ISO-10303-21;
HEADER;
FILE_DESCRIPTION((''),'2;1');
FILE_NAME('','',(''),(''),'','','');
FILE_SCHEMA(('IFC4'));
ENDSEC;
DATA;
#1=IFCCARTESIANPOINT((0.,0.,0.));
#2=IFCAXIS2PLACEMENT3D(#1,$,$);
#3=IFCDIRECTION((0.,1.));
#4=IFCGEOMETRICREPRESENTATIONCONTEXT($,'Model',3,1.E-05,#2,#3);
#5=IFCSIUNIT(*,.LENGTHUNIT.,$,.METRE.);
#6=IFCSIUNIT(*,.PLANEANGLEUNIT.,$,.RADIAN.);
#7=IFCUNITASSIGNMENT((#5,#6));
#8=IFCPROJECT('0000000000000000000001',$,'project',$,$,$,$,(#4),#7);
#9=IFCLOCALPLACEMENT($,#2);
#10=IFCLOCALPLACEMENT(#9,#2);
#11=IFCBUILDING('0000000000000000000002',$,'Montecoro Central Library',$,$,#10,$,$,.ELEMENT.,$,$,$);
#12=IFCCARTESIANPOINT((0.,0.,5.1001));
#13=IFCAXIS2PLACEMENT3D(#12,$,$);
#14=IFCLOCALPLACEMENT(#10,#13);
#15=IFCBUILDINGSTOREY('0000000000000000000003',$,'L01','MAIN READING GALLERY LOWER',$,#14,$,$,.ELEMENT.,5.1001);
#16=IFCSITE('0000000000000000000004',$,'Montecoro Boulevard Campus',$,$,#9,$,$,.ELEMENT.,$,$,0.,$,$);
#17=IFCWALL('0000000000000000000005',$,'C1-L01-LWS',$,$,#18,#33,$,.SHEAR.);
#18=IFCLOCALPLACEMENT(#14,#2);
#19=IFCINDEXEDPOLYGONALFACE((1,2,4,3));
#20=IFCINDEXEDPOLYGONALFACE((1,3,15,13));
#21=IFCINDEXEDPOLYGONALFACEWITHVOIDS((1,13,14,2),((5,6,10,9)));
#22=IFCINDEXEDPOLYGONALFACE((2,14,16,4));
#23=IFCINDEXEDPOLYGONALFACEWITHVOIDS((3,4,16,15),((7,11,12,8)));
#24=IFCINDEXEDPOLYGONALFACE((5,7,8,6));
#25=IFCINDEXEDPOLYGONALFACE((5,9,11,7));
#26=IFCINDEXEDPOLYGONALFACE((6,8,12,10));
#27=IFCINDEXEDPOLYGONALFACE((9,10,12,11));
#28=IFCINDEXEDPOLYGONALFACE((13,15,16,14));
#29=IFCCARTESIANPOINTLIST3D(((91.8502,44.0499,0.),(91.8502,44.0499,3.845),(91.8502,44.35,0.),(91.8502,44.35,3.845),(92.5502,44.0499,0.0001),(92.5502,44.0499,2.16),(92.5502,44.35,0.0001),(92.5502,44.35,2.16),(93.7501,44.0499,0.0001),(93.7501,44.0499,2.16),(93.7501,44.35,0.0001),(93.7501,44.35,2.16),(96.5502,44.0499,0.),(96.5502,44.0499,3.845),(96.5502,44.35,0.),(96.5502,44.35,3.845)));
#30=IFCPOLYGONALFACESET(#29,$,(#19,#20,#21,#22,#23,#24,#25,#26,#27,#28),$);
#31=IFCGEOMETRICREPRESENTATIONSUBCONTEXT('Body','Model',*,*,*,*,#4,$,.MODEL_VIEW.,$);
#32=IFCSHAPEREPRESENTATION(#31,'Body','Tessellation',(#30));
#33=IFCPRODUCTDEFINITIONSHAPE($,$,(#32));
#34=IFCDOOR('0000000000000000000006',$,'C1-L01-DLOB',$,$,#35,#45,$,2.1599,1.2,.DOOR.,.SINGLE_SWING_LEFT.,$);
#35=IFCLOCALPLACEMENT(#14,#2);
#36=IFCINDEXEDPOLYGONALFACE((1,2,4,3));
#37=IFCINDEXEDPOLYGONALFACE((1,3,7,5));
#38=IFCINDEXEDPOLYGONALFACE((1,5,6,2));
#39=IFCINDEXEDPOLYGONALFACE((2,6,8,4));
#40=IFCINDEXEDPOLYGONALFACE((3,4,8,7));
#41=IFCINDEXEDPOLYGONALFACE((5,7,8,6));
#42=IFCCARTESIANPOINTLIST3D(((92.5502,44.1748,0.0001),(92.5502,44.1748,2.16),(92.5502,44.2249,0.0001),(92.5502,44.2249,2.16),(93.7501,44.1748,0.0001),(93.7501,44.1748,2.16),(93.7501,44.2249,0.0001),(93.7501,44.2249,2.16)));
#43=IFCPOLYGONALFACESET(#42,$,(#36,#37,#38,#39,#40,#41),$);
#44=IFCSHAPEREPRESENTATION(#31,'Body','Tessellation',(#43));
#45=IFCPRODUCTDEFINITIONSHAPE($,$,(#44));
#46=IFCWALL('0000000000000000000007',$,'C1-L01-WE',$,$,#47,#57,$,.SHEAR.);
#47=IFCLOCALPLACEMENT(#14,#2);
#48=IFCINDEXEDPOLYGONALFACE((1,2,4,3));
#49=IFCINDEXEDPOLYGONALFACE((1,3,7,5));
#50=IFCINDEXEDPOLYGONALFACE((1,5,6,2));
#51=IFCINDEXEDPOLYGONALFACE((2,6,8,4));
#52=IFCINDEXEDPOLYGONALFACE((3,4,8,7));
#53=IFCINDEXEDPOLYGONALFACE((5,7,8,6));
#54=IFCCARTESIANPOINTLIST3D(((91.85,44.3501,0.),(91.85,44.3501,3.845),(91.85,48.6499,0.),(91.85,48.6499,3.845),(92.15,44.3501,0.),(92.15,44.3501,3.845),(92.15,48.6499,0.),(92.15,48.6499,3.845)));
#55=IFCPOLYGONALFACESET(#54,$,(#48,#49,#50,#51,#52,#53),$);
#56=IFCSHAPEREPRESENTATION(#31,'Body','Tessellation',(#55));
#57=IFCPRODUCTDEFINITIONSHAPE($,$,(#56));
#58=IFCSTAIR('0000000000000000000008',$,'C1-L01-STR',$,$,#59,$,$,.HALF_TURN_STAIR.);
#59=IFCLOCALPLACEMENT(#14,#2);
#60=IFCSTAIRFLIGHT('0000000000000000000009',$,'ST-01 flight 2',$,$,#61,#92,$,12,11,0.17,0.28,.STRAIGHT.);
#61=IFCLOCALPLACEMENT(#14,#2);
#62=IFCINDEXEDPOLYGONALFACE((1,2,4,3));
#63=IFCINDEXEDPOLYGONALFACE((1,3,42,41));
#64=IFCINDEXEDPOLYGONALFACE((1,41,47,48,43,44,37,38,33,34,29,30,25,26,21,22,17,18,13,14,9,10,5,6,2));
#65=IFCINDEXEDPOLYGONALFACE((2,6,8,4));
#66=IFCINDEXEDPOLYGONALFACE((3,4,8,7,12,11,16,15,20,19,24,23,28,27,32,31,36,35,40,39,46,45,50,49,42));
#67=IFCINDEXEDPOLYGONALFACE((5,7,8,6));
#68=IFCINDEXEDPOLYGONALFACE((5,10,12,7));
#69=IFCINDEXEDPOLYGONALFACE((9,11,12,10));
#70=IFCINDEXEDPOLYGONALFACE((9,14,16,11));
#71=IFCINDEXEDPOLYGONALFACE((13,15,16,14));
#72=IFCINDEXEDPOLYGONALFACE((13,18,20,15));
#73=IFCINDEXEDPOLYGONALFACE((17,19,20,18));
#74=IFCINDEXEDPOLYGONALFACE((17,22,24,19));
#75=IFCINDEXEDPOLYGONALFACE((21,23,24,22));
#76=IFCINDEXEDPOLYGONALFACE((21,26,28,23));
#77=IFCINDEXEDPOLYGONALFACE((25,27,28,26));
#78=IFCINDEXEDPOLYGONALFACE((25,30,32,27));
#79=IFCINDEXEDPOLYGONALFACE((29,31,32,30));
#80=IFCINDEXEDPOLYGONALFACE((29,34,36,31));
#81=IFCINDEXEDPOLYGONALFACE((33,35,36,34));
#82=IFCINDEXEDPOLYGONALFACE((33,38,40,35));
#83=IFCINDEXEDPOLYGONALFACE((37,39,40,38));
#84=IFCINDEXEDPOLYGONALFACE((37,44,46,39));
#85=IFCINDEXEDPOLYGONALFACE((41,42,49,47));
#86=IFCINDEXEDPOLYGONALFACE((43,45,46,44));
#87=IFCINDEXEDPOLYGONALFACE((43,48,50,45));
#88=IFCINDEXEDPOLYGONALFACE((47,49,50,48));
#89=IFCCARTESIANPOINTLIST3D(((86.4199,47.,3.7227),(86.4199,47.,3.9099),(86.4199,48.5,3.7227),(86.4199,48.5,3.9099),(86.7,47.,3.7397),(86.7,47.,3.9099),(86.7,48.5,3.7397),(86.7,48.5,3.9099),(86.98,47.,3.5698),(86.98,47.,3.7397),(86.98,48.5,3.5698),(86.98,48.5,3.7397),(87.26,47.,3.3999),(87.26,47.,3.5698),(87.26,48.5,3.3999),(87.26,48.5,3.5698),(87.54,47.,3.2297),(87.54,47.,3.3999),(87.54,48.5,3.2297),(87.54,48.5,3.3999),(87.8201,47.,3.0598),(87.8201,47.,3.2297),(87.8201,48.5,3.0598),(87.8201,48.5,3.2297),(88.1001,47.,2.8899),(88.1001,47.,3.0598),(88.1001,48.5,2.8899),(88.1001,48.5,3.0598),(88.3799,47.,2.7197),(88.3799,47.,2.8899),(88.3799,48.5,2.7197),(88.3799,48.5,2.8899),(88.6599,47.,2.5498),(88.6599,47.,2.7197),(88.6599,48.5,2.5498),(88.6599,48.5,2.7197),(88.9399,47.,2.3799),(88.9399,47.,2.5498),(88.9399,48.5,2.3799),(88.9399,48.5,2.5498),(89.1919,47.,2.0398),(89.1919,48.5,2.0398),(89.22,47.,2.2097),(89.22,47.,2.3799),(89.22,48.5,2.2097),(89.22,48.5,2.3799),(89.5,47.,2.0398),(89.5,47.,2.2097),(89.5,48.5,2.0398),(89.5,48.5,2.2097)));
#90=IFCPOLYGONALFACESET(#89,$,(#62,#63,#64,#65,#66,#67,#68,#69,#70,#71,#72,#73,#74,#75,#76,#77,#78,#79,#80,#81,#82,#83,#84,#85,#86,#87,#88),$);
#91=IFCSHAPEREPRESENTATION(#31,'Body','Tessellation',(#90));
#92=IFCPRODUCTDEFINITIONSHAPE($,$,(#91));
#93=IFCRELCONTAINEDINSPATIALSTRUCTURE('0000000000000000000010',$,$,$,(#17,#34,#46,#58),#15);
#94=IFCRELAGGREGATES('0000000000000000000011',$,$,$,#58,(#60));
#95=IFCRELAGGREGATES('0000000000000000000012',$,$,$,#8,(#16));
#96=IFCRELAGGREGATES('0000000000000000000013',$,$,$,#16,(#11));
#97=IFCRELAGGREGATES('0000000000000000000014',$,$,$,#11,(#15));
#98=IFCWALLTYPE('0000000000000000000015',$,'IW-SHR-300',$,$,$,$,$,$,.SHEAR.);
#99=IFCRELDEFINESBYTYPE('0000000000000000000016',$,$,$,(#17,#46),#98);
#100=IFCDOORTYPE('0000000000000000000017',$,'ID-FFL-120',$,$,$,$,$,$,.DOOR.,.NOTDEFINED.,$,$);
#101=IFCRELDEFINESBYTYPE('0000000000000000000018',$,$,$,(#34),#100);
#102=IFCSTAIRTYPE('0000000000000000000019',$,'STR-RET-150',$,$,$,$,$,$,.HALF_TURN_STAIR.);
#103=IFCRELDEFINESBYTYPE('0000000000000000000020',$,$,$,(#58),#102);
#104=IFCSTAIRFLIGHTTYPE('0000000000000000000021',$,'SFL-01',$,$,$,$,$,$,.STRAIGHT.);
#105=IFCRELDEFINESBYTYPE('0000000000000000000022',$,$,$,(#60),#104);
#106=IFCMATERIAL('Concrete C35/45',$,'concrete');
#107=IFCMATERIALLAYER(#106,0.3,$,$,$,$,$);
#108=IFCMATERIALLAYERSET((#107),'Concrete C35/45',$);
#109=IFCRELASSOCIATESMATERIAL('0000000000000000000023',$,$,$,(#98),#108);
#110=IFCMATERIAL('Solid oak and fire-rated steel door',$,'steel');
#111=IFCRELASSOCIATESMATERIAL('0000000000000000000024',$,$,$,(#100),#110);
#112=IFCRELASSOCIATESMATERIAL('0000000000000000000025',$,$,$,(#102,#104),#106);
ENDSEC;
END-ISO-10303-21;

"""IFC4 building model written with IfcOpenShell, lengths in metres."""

from ifc_helpers import new_model, si_unit, direction, frame, frame_2d, origin, place, context, subcontext, project, spatial, polyline, rectangle, outline, extrude, material, layer, layer_set, type_object, element, fill, aggregate, save


model = new_model("IFC4")

# Units and contexts
model_context = context("Model", 3, precision=1e-05, world=origin(), true_north=direction((0.0, 1.0)))
body_context = subcontext(model_context, "Body", "Model", "MODEL_VIEW")
ifc_project = project(units=[si_unit("LENGTHUNIT", "METRE"), si_unit("PLANEANGLEUNIT", "RADIAN")], contexts=[model_context])

# Site, building, storey
site_placement = place(None, origin())
site = spatial("IfcSite", under=ifc_project, at=site_placement, Name="Montecoro Boulevard Campus", CompositionType="ELEMENT", RefElevation=0.0)
building_placement = place(site_placement, origin())
building = spatial("IfcBuilding", under=site, at=building_placement, Name="Montecoro Central Library", CompositionType="ELEMENT")
storey_placement = place(building_placement, frame((0.0, 0.0, 5.1001)))
storey = spatial("IfcBuildingStorey", under=building, at=storey_placement, Name="L01", Description="MAIN READING GALLERY LOWER", CompositionType="ELEMENT", Elevation=5.1001)

# Wall, opening, door
ifc_material_1 = material(Name="Solid oak and fire-rated steel door", Category="steel")
ifc_material_2 = material(Name="Concrete C35/45", Category="concrete")
ifc_layer_1 = layer(ifc_material_2, 0.3)
ifc_layer_set_1 = layer_set([ifc_layer_1], Name="Concrete C35/45")
wall_type_1 = type_object("IfcWallType", Name="IW-SHR-300", PredefinedType="SHEAR", material=ifc_layer_set_1)
wall_1_placement = place(storey_placement, frame((91.8501, 44.2, 0.0), z_axis=(0.0, 0.0, 1.0), x_axis=(1.0, 0.0, 0.0)))
wall_1 = element("IfcWall", 1, at=wall_1_placement, inside=storey, type_object=wall_type_1, Name="C1-L01-LWS", PredefinedType="SHEAR", context=body_context, shape_type="SweptSolid", body=[
    extrude(rectangle(XDim=4.7, YDim=0.3, at=frame_2d((2.3501, 0.0))), origin(), (0.0, 0.0, 1.0), 3.845),
])
opening_1_placement = place(wall_1_placement, frame((0.7, 0.0, 0.0)))
opening_1 = element("IfcOpeningElement", 2, at=opening_1_placement, cuts=wall_1, PredefinedType="OPENING", context=body_context, shape_type="SweptSolid", body=[
    extrude(rectangle(XDim=1.2, YDim=2.1599, at=frame_2d((0.6001, 1.0801))), frame((0.0, 0.1599, 0.0), z_axis=(0.0, -1.0, 0.0), x_axis=(1.0, 0.0, 0.0)), (0.0, 0.0, 1.0), 0.3201),
])
door_type_1 = type_object("IfcDoorType", Name="ID-FFL-120", OperationType="NOTDEFINED", PredefinedType="DOOR", material=ifc_material_1)
door_1_placement = place(opening_1_placement, origin())
door_1 = element("IfcDoor", 3, at=door_1_placement, inside=storey, type_object=door_type_1, Name="C1-L01-DLOB", OperationType="SINGLE_SWING_LEFT", OverallHeight=2.1599, OverallWidth=1.2, PredefinedType="DOOR", context=body_context, shape_type="SweptSolid", body=[
    extrude(rectangle(XDim=1.2, YDim=2.1599, at=frame_2d((0.6001, 1.0801))), frame((0.0, 0.0249, 0.0), z_axis=(0.0, -1.0, 0.0), x_axis=(1.0, 0.0, 0.0)), (0.0, 0.0, 1.0), 0.05),
])
fill(opening_1, door_1)

# Wall
wall_2_placement = place(storey_placement, frame((92.0, 44.3501, 0.0), z_axis=(0.0, 0.0, 1.0), x_axis=(0.0, 1.0, 0.0)))
element("IfcWall", 4, at=wall_2_placement, inside=storey, type_object=wall_type_1, Name="C1-L01-WE", PredefinedType="SHEAR", context=body_context, shape_type="SweptSolid", body=[
    extrude(rectangle(XDim=4.2998, YDim=0.3, at=frame_2d((2.1499, 0.0))), origin(), (0.0, 0.0, 1.0), 3.845),
])

# Stair, stair flight
stair_type = type_object("IfcStairType", Name="STR-RET-150", PredefinedType="HALF_TURN_STAIR", material=ifc_material_2)
stair_placement = place(storey_placement, origin())
stair = element("IfcStair", 5, at=stair_placement, inside=storey, type_object=stair_type, Name="C1-L01-STR", PredefinedType="HALF_TURN_STAIR")
stair_flight_type = type_object("IfcStairFlightType", Name="SFL-01", PredefinedType="STRAIGHT", material=ifc_material_2)
stair_flight_placement = place(storey_placement, frame((89.5, 47.75, 2.0398), z_axis=(0.0, 0.0, 1.0), x_axis=(-1.0, 0.0, 0.0)))
stair_flight = element("IfcStairFlight", 6, at=stair_flight_placement, type_object=stair_flight_type, Name="ST-01 flight 2", NumberOfRisers=12, NumberOfTreads=11, PredefinedType="STRAIGHT", RiserHeight=0.17, TreadLength=0.28, context=body_context, shape_type="SweptSolid", body=[
    extrude(outline(polyline([(0.0, 0.0), (0.0, 0.1699), (0.28, 0.1699), (0.28, 0.3401), (0.5601, 0.3401), (0.5601, 0.51), (0.8401, 0.51), (0.8401, 0.6799), (1.1201, 0.6799), (1.1201, 0.8501), (1.3999, 0.8501), (1.3999, 1.02), (1.6799, 1.02), (1.6799, 1.1899), (1.96, 1.1899), (1.96, 1.3601), (2.24, 1.3601), (2.24, 1.53), (2.52, 1.53), (2.52, 1.7), (2.8, 1.7), (2.8, 1.8701), (3.0801, 1.8701), (3.0801, 2.04), (3.0801, 1.6829), (0.3081, 0.0), (0.0, 0.0)])), frame((0.0, 0.75, 0.0), z_axis=(0.0, -1.0, 0.0), x_axis=(1.0, 0.0, 0.0)), (0.0, 0.0, 1.0), 1.5),
])
aggregate(stair, [stair_flight])

save(model, "model.ifc")
